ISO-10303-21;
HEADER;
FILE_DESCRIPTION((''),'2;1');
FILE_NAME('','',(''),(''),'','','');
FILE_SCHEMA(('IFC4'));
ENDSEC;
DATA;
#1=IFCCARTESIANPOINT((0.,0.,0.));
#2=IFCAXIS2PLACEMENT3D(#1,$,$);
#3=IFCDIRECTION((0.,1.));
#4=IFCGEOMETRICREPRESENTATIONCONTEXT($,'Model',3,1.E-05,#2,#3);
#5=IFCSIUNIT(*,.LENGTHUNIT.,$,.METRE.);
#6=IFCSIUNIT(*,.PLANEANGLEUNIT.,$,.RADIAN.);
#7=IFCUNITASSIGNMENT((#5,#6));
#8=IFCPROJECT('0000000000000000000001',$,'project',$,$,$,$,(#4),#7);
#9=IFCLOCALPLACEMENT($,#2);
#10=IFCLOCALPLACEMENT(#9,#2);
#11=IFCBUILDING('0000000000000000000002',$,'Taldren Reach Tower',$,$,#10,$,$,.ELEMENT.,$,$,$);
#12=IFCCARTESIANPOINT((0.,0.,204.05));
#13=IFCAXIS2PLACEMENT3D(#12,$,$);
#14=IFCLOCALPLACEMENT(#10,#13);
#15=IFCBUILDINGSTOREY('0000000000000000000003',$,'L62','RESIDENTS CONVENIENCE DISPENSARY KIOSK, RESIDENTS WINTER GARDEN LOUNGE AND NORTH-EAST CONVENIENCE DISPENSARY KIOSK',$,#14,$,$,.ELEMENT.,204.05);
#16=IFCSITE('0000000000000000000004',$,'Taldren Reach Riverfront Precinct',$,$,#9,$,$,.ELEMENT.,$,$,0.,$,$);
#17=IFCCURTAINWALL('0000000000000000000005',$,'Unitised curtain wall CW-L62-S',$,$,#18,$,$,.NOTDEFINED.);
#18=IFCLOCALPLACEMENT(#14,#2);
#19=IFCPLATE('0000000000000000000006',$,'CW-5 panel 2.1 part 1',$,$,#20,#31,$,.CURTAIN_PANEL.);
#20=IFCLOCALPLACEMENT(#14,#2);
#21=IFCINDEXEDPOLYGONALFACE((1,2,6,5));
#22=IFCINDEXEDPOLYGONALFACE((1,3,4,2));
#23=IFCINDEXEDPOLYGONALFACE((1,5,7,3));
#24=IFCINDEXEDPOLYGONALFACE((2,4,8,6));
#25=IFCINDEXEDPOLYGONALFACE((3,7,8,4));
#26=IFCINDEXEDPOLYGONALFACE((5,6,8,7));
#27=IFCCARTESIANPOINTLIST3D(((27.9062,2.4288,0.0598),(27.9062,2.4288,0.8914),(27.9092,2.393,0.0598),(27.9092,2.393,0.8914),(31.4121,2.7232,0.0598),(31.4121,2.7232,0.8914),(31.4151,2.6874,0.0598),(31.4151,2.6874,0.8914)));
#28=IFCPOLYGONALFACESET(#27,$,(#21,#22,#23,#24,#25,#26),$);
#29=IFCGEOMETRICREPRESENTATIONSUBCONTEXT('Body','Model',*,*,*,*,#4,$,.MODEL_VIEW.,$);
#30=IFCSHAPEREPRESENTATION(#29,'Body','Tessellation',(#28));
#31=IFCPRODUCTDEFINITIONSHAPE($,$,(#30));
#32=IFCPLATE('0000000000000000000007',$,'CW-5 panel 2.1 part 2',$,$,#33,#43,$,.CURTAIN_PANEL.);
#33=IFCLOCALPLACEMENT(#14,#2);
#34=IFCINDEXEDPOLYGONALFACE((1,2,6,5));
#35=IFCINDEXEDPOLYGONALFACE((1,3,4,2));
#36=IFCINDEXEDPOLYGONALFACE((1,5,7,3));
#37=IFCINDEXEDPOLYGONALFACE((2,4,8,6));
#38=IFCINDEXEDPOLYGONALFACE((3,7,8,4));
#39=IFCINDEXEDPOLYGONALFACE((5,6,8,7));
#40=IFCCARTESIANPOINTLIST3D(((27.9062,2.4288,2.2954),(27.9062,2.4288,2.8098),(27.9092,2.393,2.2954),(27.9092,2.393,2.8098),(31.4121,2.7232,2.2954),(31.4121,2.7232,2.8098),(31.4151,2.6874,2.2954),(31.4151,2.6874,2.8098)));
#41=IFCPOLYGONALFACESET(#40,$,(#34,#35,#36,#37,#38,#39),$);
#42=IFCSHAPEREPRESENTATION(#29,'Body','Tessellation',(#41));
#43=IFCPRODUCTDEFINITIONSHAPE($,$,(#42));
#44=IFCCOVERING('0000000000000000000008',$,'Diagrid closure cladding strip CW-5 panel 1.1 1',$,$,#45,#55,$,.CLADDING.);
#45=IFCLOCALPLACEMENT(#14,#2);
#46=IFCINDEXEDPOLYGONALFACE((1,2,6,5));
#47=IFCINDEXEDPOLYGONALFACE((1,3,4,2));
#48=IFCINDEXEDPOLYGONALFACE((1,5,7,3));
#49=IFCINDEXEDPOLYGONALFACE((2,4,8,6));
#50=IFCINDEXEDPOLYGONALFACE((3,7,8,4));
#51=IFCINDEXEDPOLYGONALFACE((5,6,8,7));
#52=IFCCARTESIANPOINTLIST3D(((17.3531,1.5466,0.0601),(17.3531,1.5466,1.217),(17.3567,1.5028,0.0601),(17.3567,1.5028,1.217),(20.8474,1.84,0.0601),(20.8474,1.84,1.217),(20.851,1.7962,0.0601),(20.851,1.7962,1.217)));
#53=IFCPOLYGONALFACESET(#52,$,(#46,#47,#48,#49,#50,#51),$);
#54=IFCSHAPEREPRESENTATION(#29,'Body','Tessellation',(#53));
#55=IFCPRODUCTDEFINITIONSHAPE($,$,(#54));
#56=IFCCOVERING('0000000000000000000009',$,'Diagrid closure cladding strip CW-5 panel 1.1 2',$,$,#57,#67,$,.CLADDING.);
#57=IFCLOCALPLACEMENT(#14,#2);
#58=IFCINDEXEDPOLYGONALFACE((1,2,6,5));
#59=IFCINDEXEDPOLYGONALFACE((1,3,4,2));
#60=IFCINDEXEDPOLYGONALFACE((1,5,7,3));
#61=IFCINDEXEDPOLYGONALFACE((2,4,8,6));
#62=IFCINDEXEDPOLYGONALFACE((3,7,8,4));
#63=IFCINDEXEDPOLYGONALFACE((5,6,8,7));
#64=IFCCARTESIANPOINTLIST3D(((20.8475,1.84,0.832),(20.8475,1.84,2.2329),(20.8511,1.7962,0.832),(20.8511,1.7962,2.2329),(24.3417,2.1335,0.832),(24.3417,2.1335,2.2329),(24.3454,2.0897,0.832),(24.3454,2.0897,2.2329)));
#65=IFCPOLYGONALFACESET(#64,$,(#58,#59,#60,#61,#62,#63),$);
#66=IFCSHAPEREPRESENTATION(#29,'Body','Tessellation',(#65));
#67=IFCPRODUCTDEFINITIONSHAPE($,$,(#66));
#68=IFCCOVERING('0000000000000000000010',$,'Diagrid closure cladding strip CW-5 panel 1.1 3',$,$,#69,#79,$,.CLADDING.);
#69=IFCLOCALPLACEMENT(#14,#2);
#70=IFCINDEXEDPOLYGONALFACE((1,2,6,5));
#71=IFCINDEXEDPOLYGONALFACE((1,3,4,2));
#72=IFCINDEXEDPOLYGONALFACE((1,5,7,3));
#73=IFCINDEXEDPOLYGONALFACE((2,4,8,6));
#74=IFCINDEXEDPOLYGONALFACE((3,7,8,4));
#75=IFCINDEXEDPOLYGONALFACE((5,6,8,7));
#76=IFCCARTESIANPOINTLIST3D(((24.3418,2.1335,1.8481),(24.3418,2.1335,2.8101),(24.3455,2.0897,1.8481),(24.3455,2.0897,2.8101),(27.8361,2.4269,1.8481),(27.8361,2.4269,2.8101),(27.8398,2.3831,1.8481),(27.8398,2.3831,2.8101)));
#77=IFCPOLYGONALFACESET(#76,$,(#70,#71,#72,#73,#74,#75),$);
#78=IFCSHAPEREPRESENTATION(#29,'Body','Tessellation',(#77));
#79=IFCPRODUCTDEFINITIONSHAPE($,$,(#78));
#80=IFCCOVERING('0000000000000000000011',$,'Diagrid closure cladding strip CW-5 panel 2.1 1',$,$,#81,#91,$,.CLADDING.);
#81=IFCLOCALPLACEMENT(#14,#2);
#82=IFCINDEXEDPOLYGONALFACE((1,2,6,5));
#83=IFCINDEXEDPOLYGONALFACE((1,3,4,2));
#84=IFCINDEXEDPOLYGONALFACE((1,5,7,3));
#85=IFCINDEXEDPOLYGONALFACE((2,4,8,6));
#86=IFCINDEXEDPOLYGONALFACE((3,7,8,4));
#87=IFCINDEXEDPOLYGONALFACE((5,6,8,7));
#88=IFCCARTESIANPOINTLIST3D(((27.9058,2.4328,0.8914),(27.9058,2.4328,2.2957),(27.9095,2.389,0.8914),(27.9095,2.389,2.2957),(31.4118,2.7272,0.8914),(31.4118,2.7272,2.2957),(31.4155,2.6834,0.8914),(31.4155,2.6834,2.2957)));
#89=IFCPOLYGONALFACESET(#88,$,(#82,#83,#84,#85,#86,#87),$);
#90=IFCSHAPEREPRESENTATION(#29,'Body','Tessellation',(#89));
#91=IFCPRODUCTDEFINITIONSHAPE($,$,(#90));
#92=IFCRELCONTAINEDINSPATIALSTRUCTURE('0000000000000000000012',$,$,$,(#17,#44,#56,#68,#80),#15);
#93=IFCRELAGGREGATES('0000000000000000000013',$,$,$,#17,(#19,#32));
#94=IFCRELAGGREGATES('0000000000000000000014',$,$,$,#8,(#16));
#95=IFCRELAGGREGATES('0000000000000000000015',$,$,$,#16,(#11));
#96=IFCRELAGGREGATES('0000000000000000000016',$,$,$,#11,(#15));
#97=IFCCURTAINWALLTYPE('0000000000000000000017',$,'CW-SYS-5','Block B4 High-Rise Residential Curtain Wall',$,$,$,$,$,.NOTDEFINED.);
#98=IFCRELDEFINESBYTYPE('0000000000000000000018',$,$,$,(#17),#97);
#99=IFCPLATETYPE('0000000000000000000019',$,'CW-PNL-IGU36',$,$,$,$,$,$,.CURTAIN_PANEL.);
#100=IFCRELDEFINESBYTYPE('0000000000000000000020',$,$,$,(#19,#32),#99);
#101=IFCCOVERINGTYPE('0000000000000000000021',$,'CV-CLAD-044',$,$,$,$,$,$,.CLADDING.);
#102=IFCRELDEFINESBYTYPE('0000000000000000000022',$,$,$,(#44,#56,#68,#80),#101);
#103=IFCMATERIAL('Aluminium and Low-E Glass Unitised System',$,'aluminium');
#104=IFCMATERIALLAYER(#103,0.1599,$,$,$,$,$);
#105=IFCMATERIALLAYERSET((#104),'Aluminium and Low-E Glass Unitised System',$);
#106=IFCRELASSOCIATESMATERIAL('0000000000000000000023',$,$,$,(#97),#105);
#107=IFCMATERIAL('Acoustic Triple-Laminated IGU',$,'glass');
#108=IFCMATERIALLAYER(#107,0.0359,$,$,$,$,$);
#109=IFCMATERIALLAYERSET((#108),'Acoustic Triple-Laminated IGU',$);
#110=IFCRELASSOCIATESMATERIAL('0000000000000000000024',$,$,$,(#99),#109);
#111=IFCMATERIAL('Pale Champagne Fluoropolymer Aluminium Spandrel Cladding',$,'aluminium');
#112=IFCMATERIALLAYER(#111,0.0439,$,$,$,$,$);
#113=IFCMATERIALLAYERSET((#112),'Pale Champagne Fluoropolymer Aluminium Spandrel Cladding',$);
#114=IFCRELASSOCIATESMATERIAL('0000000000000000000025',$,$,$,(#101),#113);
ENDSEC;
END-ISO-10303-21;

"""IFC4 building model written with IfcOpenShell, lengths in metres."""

from ifc_helpers import new_model, si_unit, direction, frame, origin, origin_2d, place, context, subcontext, project, spatial, rectangle, extrude, source, transform, mapped, material, layer, layer_set, type_object, element, aggregate, save


model = new_model("IFC4")

# Units and contexts
model_context = context("Model", 3, precision=1e-05, world=origin(), true_north=direction((0.0, 1.0)))
body_context = subcontext(model_context, "Body", "Model", "MODEL_VIEW")
ifc_project = project(units=[si_unit("LENGTHUNIT", "METRE"), si_unit("PLANEANGLEUNIT", "RADIAN")], contexts=[model_context])

# Site, building, storey
site_placement = place(None, origin())
site = spatial("IfcSite", under=ifc_project, at=site_placement, Name="Taldren Reach Riverfront Precinct", CompositionType="ELEMENT", RefElevation=0.0)
building_placement = place(site_placement, origin())
building = spatial("IfcBuilding", under=site, at=building_placement, Name="Taldren Reach Tower", CompositionType="ELEMENT")
storey_placement = place(building_placement, frame((0.0, 0.0, 204.05)))
storey = spatial("IfcBuildingStorey", under=building, at=storey_placement, Name="L62", Description="RESIDENTS CONVENIENCE DISPENSARY KIOSK, RESIDENTS WINTER GARDEN LOUNGE AND NORTH-EAST CONVENIENCE DISPENSARY KIOSK", CompositionType="ELEMENT", Elevation=204.05)

# Curtain wall
ifc_material_1 = material(Name="Aluminium and Low-E Glass Unitised System", Category="aluminium")
ifc_layer_1 = layer(ifc_material_1, 0.1599)
ifc_layer_set_1 = layer_set([ifc_layer_1], Name="Aluminium and Low-E Glass Unitised System")
curtain_wall_type = type_object("IfcCurtainWallType", Name="CW-SYS-5", Description="Block B4 High-Rise Residential Curtain Wall", PredefinedType="NOTDEFINED", material=ifc_layer_set_1)
curtain_wall_placement = place(storey_placement, origin())
curtain_wall = element("IfcCurtainWall", 1, at=curtain_wall_placement, inside=storey, type_object=curtain_wall_type, Name="Unitised curtain wall CW-L62-S", PredefinedType="NOTDEFINED")

# Plates
ifc_material_2 = material(Name="Acoustic Triple-Laminated IGU", Category="glass")
ifc_layer_2 = layer(ifc_material_2, 0.0359)
ifc_layer_set_2 = layer_set([ifc_layer_2], Name="Acoustic Triple-Laminated IGU")
plate_type_1 = type_object("IfcPlateType", Name="CW-PNL-IGU36", PredefinedType="CURTAIN_PANEL", material=ifc_layer_set_2)
shared_shape_1 = source(origin(), body_context, "Body", "SweptSolid", [
    extrude(rectangle(XDim=3.5183, YDim=0.0359, at=origin_2d()), origin(), (0.0, 0.0, 1.0), 0.8315),
])
plate_1_placement = place(storey_placement, frame((29.6606, 2.5581, 0.0598), z_axis=(0.0, 0.0, 1.0), x_axis=(0.996493, 0.083678, 0.0)))
plate_1 = element("IfcPlate", 2, at=plate_1_placement, type_object=plate_type_1, Name="CW-5 panel 2.1 part 1", PredefinedType="CURTAIN_PANEL", context=body_context, shape_type="MappedRepresentation", body=[
    mapped(shared_shape_1, transform((0.0, 0.0, 0.0), scale=1.0)),
])
shared_shape_2 = source(origin(), body_context, "Body", "SweptSolid", [
    extrude(rectangle(XDim=3.5183, YDim=0.0359, at=origin_2d()), origin(), (0.0, 0.0, 1.0), 0.5144),
])
plate_2_placement = place(storey_placement, frame((29.6606, 2.5581, 2.2954), z_axis=(0.0, 0.0, 1.0), x_axis=(0.996493, 0.083678, 0.0)))
plate_2 = element("IfcPlate", 3, at=plate_2_placement, type_object=plate_type_1, Name="CW-5 panel 2.1 part 2", PredefinedType="CURTAIN_PANEL", context=body_context, shape_type="MappedRepresentation", body=[
    mapped(shared_shape_2, transform((0.0, 0.0, 0.0), scale=1.0)),
])
aggregate(curtain_wall, [plate_1, plate_2])

# Coverings
ifc_material_3 = material(Name="Pale Champagne Fluoropolymer Aluminium Spandrel Cladding", Category="aluminium")
ifc_layer_3 = layer(ifc_material_3, 0.0439)
ifc_layer_set_3 = layer_set([ifc_layer_3], Name="Pale Champagne Fluoropolymer Aluminium Spandrel Cladding")
covering_type = type_object("IfcCoveringType", Name="CV-CLAD-044", PredefinedType="CLADDING", material=ifc_layer_set_3)
shared_shape_3 = source(origin(), body_context, "Body", "SweptSolid", [
    extrude(rectangle(XDim=3.5066, YDim=0.0439, at=origin_2d()), origin(), (0.0, 0.0, 1.0), 1.157),
])
covering_1_placement = place(storey_placement, frame((19.1021, 1.6714, 0.0601), z_axis=(0.0, 0.0, 1.0), x_axis=(0.996493, 0.083678, 0.0)))
element("IfcCovering", 4, at=covering_1_placement, inside=storey, type_object=covering_type, Name="Diagrid closure cladding strip CW-5 panel 1.1 1", PredefinedType="CLADDING", context=body_context, shape_type="MappedRepresentation", body=[
    mapped(shared_shape_3, transform((0.0, 0.0, 0.0), scale=1.0)),
])
shared_shape_4 = source(origin(), body_context, "Body", "SweptSolid", [
    extrude(rectangle(XDim=3.5066, YDim=0.0439, at=origin_2d()), origin(), (0.0, 0.0, 1.0), 1.4009),
])
covering_2_placement = place(storey_placement, frame((22.5964, 1.9648, 0.832), z_axis=(0.0, 0.0, 1.0), x_axis=(0.996493, 0.083678, 0.0)))
element("IfcCovering", 5, at=covering_2_placement, inside=storey, type_object=covering_type, Name="Diagrid closure cladding strip CW-5 panel 1.1 2", PredefinedType="CLADDING", context=body_context, shape_type="MappedRepresentation", body=[
    mapped(shared_shape_4, transform((0.0, 0.0, 0.0), scale=1.0)),
])
shared_shape_5 = source(origin(), body_context, "Body", "SweptSolid", [
    extrude(rectangle(XDim=3.5066, YDim=0.0439, at=origin_2d()), origin(), (0.0, 0.0, 1.0), 0.9619),
])
covering_3_placement = place(storey_placement, frame((26.0908, 2.2583, 1.8481), z_axis=(0.0, 0.0, 1.0), x_axis=(0.996493, 0.083678, 0.0)))
element("IfcCovering", 6, at=covering_3_placement, inside=storey, type_object=covering_type, Name="Diagrid closure cladding strip CW-5 panel 1.1 3", PredefinedType="CLADDING", context=body_context, shape_type="MappedRepresentation", body=[
    mapped(shared_shape_5, transform((0.0, 0.0, 0.0), scale=1.0)),
])
shared_shape_6 = source(origin(), body_context, "Body", "SweptSolid", [
    extrude(rectangle(XDim=3.5183, YDim=0.0439, at=origin_2d()), origin(), (0.0, 0.0, 1.0), 1.4043),
])
covering_4_placement = place(storey_placement, frame((29.6606, 2.5581, 0.8914), z_axis=(0.0, 0.0, 1.0), x_axis=(0.996493, 0.083678, 0.0)))
element("IfcCovering", 7, at=covering_4_placement, inside=storey, type_object=covering_type, Name="Diagrid closure cladding strip CW-5 panel 2.1 1", PredefinedType="CLADDING", context=body_context, shape_type="MappedRepresentation", body=[
    mapped(shared_shape_6, transform((0.0, 0.0, 0.0), scale=1.0)),
])

save(model, "model.ifc")
